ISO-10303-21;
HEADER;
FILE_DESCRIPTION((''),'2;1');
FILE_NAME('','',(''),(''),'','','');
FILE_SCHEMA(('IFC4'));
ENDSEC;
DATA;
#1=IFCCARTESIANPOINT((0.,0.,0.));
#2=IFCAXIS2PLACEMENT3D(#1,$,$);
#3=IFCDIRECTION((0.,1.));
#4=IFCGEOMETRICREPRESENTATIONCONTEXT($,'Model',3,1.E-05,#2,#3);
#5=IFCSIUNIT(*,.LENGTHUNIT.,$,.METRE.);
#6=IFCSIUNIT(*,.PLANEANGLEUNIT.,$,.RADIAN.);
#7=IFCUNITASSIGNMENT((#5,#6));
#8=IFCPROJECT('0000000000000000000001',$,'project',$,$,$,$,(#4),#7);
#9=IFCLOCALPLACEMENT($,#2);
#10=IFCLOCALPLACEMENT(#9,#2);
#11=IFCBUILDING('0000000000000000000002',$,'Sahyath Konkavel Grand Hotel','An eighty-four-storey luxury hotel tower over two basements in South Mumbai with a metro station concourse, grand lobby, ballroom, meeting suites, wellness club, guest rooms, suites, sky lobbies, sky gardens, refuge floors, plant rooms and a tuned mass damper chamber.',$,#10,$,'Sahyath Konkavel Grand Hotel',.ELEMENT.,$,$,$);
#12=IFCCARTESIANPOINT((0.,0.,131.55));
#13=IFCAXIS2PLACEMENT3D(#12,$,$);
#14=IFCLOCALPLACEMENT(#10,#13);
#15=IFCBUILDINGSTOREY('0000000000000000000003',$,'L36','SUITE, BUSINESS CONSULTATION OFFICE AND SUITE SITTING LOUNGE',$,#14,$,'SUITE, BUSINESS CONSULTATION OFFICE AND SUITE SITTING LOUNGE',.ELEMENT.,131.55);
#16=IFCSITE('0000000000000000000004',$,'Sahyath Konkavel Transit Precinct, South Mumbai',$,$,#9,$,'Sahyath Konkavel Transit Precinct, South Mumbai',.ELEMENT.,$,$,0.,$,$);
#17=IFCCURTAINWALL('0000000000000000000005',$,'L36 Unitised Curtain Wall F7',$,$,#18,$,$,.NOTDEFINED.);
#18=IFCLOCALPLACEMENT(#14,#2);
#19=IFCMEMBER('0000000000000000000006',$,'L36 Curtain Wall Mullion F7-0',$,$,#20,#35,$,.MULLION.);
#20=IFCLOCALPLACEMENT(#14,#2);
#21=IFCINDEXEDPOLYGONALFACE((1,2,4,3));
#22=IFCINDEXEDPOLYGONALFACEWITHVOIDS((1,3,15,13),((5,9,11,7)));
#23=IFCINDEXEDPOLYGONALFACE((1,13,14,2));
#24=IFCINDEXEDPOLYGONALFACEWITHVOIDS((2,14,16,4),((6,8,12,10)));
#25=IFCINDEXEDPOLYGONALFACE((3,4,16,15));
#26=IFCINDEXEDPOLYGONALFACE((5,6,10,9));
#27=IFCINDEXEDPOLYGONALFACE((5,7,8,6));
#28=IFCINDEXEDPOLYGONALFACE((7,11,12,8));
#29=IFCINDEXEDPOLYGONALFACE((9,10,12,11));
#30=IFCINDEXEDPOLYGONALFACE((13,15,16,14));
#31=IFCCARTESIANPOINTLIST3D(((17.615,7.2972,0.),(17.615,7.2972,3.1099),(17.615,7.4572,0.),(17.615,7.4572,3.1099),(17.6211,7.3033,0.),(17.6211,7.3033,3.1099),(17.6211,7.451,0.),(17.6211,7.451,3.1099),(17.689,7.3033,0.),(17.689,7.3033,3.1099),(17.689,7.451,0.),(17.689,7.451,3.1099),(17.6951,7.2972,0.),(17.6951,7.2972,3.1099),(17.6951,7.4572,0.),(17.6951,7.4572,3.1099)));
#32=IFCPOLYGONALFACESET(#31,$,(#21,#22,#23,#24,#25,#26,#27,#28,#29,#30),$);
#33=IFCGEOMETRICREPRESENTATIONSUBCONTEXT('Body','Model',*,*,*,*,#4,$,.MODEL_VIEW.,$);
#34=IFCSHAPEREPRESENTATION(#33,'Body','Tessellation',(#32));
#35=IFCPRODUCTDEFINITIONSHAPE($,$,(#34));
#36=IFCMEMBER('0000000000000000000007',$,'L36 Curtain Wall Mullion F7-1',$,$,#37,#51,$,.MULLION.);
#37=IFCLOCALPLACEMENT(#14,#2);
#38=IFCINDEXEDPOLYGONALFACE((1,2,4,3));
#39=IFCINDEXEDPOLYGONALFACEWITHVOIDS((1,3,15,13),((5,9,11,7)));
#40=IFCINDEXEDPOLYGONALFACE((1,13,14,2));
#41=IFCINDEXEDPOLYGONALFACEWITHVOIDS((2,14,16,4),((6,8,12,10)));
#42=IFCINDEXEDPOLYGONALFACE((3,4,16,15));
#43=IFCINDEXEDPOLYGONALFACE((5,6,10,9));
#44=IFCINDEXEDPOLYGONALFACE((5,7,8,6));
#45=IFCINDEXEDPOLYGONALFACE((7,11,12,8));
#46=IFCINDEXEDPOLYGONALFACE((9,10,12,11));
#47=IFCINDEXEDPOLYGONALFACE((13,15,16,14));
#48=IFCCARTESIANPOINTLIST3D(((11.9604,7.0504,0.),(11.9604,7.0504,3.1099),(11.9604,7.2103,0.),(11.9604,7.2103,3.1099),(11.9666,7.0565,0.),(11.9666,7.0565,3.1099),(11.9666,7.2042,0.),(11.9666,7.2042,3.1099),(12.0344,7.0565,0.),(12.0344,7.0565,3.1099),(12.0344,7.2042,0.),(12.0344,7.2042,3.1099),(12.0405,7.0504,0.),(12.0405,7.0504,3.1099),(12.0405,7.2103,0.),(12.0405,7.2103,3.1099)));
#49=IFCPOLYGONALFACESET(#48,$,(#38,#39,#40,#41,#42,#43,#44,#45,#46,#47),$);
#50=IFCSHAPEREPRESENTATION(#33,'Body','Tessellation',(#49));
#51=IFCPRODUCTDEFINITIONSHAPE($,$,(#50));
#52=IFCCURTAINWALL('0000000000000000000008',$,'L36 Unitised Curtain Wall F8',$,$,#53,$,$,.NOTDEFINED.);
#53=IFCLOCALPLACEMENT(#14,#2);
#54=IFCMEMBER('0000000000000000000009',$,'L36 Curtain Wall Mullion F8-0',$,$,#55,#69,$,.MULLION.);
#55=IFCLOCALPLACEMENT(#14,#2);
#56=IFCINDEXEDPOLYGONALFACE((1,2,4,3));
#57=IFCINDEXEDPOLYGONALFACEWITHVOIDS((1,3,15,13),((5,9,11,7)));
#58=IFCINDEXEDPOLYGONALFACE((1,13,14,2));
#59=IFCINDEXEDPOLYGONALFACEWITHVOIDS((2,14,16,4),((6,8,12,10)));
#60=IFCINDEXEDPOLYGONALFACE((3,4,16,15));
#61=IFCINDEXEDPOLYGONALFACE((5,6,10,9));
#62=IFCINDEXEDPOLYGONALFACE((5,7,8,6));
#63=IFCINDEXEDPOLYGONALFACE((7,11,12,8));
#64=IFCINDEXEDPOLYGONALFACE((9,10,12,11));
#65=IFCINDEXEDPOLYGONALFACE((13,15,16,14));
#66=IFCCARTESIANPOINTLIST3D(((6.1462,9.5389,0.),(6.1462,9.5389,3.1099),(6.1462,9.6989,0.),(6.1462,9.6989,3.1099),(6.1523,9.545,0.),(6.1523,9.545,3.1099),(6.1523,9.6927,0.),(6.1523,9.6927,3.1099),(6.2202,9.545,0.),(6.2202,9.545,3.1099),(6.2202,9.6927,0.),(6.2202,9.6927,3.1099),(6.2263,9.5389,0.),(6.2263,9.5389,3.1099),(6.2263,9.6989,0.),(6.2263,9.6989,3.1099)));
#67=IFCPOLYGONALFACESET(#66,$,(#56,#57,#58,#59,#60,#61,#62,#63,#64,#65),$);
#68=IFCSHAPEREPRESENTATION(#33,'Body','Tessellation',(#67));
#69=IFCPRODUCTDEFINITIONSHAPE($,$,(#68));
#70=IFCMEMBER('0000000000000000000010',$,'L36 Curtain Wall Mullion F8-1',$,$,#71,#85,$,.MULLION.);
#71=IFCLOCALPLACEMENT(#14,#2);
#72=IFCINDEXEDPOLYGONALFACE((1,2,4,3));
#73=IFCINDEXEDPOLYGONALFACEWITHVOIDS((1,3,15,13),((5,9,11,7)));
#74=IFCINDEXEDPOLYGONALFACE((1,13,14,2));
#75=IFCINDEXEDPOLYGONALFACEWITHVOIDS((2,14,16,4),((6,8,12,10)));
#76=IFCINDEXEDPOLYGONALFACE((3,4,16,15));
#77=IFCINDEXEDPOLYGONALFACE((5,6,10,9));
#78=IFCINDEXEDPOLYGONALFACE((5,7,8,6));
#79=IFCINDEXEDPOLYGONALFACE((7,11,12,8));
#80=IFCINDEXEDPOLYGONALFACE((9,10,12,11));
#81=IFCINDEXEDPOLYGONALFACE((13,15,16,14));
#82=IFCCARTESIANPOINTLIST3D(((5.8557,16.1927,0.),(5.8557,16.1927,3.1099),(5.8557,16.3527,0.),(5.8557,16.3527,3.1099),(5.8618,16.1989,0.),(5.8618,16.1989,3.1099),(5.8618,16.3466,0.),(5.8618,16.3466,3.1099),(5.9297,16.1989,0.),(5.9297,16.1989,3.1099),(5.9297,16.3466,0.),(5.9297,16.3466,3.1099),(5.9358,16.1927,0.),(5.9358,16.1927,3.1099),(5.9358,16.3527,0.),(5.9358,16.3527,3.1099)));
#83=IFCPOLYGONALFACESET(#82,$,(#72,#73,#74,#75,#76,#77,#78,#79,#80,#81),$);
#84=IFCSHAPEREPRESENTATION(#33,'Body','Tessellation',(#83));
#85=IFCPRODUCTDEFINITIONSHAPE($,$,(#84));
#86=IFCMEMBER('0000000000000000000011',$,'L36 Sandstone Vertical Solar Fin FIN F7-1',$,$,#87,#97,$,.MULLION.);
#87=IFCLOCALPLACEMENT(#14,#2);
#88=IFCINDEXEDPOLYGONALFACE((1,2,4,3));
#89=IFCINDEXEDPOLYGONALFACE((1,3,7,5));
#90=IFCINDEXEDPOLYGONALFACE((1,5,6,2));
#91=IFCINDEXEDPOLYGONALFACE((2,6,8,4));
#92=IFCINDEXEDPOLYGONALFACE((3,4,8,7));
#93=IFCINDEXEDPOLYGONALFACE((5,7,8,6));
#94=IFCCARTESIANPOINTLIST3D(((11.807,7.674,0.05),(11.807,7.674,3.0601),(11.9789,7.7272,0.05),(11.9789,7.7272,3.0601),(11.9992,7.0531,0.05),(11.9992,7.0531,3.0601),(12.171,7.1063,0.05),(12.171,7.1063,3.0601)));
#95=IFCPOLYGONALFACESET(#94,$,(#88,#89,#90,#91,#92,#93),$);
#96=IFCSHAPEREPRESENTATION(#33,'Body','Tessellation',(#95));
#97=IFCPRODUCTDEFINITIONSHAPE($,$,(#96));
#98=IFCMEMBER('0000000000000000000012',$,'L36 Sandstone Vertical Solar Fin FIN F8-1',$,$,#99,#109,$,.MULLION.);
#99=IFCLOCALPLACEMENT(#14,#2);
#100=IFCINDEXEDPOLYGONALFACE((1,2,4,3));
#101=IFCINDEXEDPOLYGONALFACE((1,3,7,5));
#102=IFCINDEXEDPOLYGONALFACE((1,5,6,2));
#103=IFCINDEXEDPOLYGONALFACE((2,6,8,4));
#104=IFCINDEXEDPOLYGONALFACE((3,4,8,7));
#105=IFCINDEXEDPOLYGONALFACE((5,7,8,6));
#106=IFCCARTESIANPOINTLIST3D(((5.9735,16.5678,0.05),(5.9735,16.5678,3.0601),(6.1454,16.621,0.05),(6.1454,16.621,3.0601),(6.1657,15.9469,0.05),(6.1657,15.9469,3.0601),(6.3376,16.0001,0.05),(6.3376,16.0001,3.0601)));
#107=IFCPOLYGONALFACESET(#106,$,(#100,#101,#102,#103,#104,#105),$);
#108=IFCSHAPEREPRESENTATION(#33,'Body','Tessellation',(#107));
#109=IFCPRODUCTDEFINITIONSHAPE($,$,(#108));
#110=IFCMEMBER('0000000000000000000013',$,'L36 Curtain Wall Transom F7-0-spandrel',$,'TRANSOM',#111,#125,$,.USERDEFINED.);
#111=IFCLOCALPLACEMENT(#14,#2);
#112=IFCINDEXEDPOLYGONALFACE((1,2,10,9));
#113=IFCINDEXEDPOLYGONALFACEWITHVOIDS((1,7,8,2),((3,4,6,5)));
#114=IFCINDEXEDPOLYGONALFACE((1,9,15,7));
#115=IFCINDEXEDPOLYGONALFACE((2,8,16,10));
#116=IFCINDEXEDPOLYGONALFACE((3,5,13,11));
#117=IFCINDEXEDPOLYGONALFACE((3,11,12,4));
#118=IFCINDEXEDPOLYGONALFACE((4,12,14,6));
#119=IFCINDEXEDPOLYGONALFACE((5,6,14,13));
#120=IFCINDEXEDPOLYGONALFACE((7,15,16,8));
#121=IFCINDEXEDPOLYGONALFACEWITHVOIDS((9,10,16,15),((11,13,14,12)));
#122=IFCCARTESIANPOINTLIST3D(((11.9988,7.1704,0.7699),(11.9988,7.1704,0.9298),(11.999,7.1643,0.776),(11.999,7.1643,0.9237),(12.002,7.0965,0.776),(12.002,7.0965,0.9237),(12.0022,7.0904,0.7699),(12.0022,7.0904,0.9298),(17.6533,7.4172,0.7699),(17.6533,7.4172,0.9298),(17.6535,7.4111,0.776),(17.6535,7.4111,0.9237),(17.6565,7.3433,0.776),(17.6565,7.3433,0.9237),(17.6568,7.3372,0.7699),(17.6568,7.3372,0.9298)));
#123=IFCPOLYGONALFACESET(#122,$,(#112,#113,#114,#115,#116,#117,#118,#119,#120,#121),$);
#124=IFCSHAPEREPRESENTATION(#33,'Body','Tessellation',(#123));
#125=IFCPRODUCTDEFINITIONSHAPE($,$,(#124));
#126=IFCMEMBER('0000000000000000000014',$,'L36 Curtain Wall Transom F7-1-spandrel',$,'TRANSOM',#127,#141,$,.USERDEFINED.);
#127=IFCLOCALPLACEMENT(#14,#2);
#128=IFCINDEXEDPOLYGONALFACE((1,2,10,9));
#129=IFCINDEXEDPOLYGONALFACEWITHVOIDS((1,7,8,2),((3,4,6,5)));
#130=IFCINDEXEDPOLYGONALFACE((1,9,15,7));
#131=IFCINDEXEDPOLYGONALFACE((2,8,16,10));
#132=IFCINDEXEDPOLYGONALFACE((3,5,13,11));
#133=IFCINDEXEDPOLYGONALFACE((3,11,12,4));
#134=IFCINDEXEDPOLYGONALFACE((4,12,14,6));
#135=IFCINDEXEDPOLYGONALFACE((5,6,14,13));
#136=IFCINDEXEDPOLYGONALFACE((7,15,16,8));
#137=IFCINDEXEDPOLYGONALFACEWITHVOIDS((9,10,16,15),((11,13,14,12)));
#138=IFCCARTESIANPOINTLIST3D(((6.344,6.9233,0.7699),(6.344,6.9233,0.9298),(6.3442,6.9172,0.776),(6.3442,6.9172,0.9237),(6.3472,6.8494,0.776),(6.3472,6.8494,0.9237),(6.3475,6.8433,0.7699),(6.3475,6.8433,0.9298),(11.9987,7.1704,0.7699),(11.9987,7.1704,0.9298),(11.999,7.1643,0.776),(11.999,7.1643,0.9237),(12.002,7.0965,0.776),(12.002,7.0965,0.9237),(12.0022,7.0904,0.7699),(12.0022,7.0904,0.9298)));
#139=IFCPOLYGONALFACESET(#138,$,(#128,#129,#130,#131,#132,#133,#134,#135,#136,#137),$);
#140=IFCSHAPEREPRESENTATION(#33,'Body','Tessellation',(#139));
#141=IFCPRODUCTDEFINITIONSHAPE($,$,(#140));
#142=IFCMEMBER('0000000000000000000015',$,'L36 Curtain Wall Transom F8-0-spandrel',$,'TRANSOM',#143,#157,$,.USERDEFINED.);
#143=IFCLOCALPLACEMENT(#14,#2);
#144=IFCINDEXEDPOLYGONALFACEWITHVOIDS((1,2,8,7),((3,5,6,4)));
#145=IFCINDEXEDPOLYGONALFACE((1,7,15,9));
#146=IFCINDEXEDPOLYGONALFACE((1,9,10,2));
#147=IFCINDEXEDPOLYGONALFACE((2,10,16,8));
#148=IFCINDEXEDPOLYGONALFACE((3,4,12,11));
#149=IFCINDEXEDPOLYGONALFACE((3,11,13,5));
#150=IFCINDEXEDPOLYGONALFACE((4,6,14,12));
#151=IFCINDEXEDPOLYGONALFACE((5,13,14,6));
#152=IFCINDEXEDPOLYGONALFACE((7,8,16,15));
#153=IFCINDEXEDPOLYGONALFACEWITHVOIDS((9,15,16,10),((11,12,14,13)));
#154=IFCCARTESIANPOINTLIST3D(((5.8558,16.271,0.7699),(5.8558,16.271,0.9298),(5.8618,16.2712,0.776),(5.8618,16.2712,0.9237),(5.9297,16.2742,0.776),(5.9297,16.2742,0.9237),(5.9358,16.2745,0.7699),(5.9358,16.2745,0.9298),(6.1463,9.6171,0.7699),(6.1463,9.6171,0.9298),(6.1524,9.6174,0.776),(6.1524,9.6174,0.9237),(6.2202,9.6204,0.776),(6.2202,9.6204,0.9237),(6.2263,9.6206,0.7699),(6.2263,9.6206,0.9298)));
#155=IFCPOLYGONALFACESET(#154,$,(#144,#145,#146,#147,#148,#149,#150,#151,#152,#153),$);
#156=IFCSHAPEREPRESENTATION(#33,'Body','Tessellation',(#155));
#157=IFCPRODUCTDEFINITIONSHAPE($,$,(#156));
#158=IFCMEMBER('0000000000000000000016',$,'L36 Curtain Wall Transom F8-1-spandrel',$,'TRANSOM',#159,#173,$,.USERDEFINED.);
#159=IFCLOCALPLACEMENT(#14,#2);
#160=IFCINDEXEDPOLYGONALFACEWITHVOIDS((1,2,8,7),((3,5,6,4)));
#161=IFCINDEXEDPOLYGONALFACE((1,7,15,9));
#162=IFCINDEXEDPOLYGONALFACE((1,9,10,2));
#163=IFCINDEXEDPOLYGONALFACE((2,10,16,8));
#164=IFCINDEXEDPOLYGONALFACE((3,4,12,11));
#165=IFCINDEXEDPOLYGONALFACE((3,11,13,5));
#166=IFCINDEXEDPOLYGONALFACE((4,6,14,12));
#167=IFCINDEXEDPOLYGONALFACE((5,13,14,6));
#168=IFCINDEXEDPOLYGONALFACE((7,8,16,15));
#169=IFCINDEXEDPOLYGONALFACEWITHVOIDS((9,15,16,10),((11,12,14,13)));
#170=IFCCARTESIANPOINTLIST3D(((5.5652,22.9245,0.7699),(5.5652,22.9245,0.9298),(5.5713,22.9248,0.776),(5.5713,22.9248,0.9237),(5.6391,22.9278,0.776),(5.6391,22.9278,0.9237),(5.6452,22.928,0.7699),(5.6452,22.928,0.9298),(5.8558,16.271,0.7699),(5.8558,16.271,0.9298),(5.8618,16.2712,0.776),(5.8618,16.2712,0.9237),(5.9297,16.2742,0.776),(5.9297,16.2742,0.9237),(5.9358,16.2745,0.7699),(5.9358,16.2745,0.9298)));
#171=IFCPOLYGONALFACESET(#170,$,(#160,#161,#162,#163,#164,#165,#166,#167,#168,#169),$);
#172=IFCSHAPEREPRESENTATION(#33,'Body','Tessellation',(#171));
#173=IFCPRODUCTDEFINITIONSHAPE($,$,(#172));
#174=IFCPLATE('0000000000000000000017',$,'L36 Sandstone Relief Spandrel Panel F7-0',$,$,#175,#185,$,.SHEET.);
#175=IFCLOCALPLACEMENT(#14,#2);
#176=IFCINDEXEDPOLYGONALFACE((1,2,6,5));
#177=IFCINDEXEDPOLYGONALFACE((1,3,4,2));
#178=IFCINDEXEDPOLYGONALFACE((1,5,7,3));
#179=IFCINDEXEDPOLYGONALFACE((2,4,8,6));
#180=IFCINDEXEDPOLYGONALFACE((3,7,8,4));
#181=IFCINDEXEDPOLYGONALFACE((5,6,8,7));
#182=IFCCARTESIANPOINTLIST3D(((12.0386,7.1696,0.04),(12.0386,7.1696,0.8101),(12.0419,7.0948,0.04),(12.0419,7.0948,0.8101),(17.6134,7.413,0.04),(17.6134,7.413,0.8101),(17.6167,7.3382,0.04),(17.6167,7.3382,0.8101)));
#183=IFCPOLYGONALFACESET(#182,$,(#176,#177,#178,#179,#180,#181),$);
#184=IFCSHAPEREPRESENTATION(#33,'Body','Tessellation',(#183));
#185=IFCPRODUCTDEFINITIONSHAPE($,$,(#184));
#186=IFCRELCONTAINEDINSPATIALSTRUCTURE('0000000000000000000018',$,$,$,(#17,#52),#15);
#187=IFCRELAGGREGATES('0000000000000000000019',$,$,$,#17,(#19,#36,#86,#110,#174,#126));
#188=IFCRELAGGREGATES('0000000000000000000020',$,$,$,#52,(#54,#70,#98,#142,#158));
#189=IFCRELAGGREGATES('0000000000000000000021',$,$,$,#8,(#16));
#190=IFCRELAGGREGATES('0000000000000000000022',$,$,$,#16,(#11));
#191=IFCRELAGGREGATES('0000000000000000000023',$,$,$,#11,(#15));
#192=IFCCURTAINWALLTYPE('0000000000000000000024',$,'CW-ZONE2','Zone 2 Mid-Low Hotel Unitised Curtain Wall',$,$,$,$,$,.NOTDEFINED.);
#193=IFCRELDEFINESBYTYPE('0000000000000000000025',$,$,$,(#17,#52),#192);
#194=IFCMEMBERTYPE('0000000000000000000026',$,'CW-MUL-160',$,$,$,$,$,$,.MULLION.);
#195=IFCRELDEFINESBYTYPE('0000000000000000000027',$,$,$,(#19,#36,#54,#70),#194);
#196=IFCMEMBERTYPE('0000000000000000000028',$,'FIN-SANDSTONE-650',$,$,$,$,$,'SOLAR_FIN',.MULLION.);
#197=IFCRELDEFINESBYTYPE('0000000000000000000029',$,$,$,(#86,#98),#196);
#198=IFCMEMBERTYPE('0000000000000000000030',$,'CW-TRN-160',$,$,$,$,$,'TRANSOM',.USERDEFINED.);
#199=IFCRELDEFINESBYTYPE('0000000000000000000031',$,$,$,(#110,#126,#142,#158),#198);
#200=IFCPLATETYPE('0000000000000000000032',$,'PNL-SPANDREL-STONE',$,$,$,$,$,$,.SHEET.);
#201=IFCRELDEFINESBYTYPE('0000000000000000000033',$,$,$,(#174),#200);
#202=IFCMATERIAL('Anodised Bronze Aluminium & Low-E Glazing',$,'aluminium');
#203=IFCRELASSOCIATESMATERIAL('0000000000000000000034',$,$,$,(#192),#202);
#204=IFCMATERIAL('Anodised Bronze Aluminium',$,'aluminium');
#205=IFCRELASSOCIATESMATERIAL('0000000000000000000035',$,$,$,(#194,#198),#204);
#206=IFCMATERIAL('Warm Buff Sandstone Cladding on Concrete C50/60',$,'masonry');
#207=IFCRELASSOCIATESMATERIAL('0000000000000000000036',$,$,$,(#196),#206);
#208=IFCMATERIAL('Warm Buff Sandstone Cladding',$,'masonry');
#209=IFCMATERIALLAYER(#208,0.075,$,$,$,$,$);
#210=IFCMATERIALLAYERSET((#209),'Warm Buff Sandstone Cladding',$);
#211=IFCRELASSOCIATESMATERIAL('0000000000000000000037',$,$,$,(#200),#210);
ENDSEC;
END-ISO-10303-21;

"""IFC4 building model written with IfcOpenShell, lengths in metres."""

from ifc_helpers import new_model, si_unit, direction, frame, origin, origin_2d, place, context, subcontext, project, spatial, rectangle, hollow_rectangle, extrude, source, transform, mapped, material, layer, layer_set, material_profile, profile_set, type_object, element, aggregate, save


model = new_model("IFC4")

# Units and contexts
model_context = context("Model", 3, precision=1e-05, world=origin(), true_north=direction((0.0, 1.0)))
body_context = subcontext(model_context, "Body", "Model", "MODEL_VIEW")
ifc_project = project(units=[si_unit("LENGTHUNIT", "METRE"), si_unit("PLANEANGLEUNIT", "RADIAN")], contexts=[model_context])

# Site, building, storey
site_placement = place(None, origin())
site = spatial("IfcSite", under=ifc_project, at=site_placement, Name="Sahyath Konkavel Transit Precinct, South Mumbai", LongName="Sahyath Konkavel Transit Precinct, South Mumbai", CompositionType="ELEMENT", RefElevation=0.0)
building_placement = place(site_placement, origin())
building = spatial("IfcBuilding", under=site, at=building_placement, Name="Sahyath Konkavel Grand Hotel", Description="An eighty-four-storey luxury hotel tower over two basements in South Mumbai with a metro station concourse, grand lobby, ballroom, meeting suites, wellness club, guest rooms, suites, sky lobbies, sky gardens, refuge floors, plant rooms and a tuned mass damper chamber.", LongName="Sahyath Konkavel Grand Hotel", CompositionType="ELEMENT")
storey_placement = place(building_placement, frame((0.0, 0.0, 131.55)))
storey = spatial("IfcBuildingStorey", under=building, at=storey_placement, Name="L36", Description="SUITE, BUSINESS CONSULTATION OFFICE AND SUITE SITTING LOUNGE", LongName="SUITE, BUSINESS CONSULTATION OFFICE AND SUITE SITTING LOUNGE", CompositionType="ELEMENT", Elevation=131.55)

# Curtain walls, members
ifc_material_1 = material(Name="Anodised Bronze Aluminium & Low-E Glazing", Category="aluminium")
curtain_wall_type = type_object("IfcCurtainWallType", Name="CW-ZONE2", Description="Zone 2 Mid-Low Hotel Unitised Curtain Wall", PredefinedType="NOTDEFINED", material=ifc_material_1)
curtain_wall_1_placement = place(storey_placement, origin())
curtain_wall_1 = element("IfcCurtainWall", 1, at=curtain_wall_1_placement, inside=storey, type_object=curtain_wall_type, Name="L36 Unitised Curtain Wall F7", PredefinedType="NOTDEFINED")
ifc_material_2 = material(Name="Anodised Bronze Aluminium", Category="aluminium")
ifc_material_profile_1 = material_profile(ifc_material_2, hollow_rectangle(XDim=0.0801, YDim=0.1599, WallThickness=0.0061, at=origin_2d()), Name="RHS 160x80x6")
ifc_profile_set_1 = profile_set([ifc_material_profile_1], Name="Anodised Bronze Aluminium")
member_type_1 = type_object("IfcMemberType", Name="CW-MUL-160", PredefinedType="MULLION", material=ifc_profile_set_1)
shared_shape_1 = source(origin(), body_context, "Body", "SweptSolid", [
    extrude(hollow_rectangle(XDim=0.0801, YDim=0.1599, WallThickness=0.0061, at=origin_2d()), origin(), (0.0, 0.0, 1.0), 3.1099),
])
member_1_placement = place(storey_placement, frame((17.655, 7.3772, 0.0), z_axis=(0.0, 0.0, 1.0), x_axis=(1.0, 0.0, 0.0)))
member_1 = element("IfcMember", 2, at=member_1_placement, type_object=member_type_1, Name="L36 Curtain Wall Mullion F7-0", PredefinedType="MULLION", context=body_context, shape_type="MappedRepresentation", body=[
    mapped(shared_shape_1, transform((0.0, 0.0, 0.0), scale=1.0)),
])
member_2_placement = place(storey_placement, frame((12.0005, 7.1304, 0.0), z_axis=(0.0, 0.0, 1.0), x_axis=(1.0, 0.0, 0.0)))
member_2 = element("IfcMember", 3, at=member_2_placement, type_object=member_type_1, Name="L36 Curtain Wall Mullion F7-1", PredefinedType="MULLION", context=body_context, shape_type="MappedRepresentation", body=[
    mapped(shared_shape_1, transform((0.0, 0.0, 0.0), scale=1.0)),
])
curtain_wall_2_placement = place(storey_placement, origin())
curtain_wall_2 = element("IfcCurtainWall", 4, at=curtain_wall_2_placement, inside=storey, type_object=curtain_wall_type, Name="L36 Unitised Curtain Wall F8", PredefinedType="NOTDEFINED")
member_3_placement = place(storey_placement, frame((6.1863, 9.6189, 0.0), z_axis=(0.0, 0.0, 1.0), x_axis=(1.0, 0.0, 0.0)))
member_3 = element("IfcMember", 5, at=member_3_placement, type_object=member_type_1, Name="L36 Curtain Wall Mullion F8-0", PredefinedType="MULLION", context=body_context, shape_type="MappedRepresentation", body=[
    mapped(shared_shape_1, transform((0.0, 0.0, 0.0), scale=1.0)),
])
member_4_placement = place(storey_placement, frame((5.8958, 16.2727, 0.0), z_axis=(0.0, 0.0, 1.0), x_axis=(1.0, 0.0, 0.0)))
member_4 = element("IfcMember", 6, at=member_4_placement, type_object=member_type_1, Name="L36 Curtain Wall Mullion F8-1", PredefinedType="MULLION", context=body_context, shape_type="MappedRepresentation", body=[
    mapped(shared_shape_1, transform((0.0, 0.0, 0.0), scale=1.0)),
])

# Members
ifc_material_3 = material(Name="Warm Buff Sandstone Cladding on Concrete C50/60", Category="masonry")
ifc_material_profile_2 = material_profile(ifc_material_3, rectangle(XDim=0.1799, YDim=0.6499, at=origin_2d()), Name="FIN 180x650")
ifc_profile_set_2 = profile_set([ifc_material_profile_2], Name="Warm Buff Sandstone Cladding on Concrete C50/60")
member_type_2 = type_object("IfcMemberType", Name="FIN-SANDSTONE-650", ElementType="SOLAR_FIN", PredefinedType="MULLION", material=ifc_profile_set_2)
shared_shape_2 = source(origin(), body_context, "Body", "SweptSolid", [
    extrude(rectangle(XDim=0.1799, YDim=0.6499, at=origin_2d()), origin(), (0.0, 0.0, 1.0), 3.01),
])
member_5_placement = place(storey_placement, frame((11.989, 7.3901, 0.05), z_axis=(0.0, 0.0, 1.0), x_axis=(0.955278, 0.295708, 0.0)))
member_5 = element("IfcMember", 7, at=member_5_placement, type_object=member_type_2, Name="L36 Sandstone Vertical Solar Fin FIN F7-1", PredefinedType="MULLION", context=body_context, shape_type="MappedRepresentation", body=[
    mapped(shared_shape_2, transform((0.0, 0.0, 0.0), scale=1.0)),
])
member_6_placement = place(storey_placement, frame((6.1555, 16.2839, 0.05), z_axis=(0.0, 0.0, 1.0), x_axis=(0.955278, 0.295708, 0.0)))
member_6 = element("IfcMember", 8, at=member_6_placement, type_object=member_type_2, Name="L36 Sandstone Vertical Solar Fin FIN F8-1", PredefinedType="MULLION", context=body_context, shape_type="MappedRepresentation", body=[
    mapped(shared_shape_2, transform((0.0, 0.0, 0.0), scale=1.0)),
])
ifc_material_profile_3 = material_profile(ifc_material_2, hollow_rectangle(XDim=0.0801, YDim=0.1599, WallThickness=0.0061, at=origin_2d()), Name="RHS 160x80x6")
ifc_profile_set_3 = profile_set([ifc_material_profile_3], Name="Anodised Bronze Aluminium")
member_type_3 = type_object("IfcMemberType", Name="CW-TRN-160", ElementType="TRANSOM", PredefinedType="USERDEFINED", material=ifc_profile_set_3)
shared_shape_3 = source(origin(), body_context, "Body", "SweptSolid", [
    extrude(hollow_rectangle(XDim=0.0801, YDim=0.1599, WallThickness=0.0061, at=origin_2d()), origin(), (0.0, 0.0, 1.0), 5.6599),
])
member_7_placement = place(storey_placement, frame((17.655, 7.3772, 0.8499), z_axis=(-0.999049, -0.043609, 0.0), x_axis=(0.043609, -0.999049, 0.0)))
member_7 = element("IfcMember", 9, at=member_7_placement, type_object=member_type_3, Name="L36 Curtain Wall Transom F7-0-spandrel", ObjectType="TRANSOM", PredefinedType="USERDEFINED", context=body_context, shape_type="MappedRepresentation", body=[
    mapped(shared_shape_3, transform((0.0, 0.0, 0.0), scale=1.0)),
])
shared_shape_4 = source(origin(), body_context, "Body", "SweptSolid", [
    extrude(hollow_rectangle(XDim=0.0801, YDim=0.1599, WallThickness=0.0061, at=origin_2d()), origin(), (0.0, 0.0, 1.0), 5.6602),
])
member_8_placement = place(storey_placement, frame((12.0005, 7.1304, 0.8499), z_axis=(-0.999047, -0.043651, 0.0), x_axis=(0.043651, -0.999047, 0.0)))
member_8 = element("IfcMember", 10, at=member_8_placement, type_object=member_type_3, Name="L36 Curtain Wall Transom F7-1-spandrel", ObjectType="TRANSOM", PredefinedType="USERDEFINED", context=body_context, shape_type="MappedRepresentation", body=[
    mapped(shared_shape_4, transform((0.0, 0.0, 0.0), scale=1.0)),
])
shared_shape_5 = source(origin(), body_context, "Body", "SweptSolid", [
    extrude(hollow_rectangle(XDim=0.0801, YDim=0.1599, WallThickness=0.0061, at=origin_2d()), origin(), (0.0, 0.0, 1.0), 6.6602),
])
member_9_placement = place(storey_placement, frame((6.1863, 9.6189, 0.8499), z_axis=(-0.043622, 0.999048, 0.0), x_axis=(-0.999048, -0.043622, 0.0)))
member_9 = element("IfcMember", 11, at=member_9_placement, type_object=member_type_3, Name="L36 Curtain Wall Transom F8-0-spandrel", ObjectType="TRANSOM", PredefinedType="USERDEFINED", context=body_context, shape_type="MappedRepresentation", body=[
    mapped(shared_shape_5, transform((0.0, 0.0, 0.0), scale=1.0)),
])
shared_shape_6 = source(origin(), body_context, "Body", "SweptSolid", [
    extrude(hollow_rectangle(XDim=0.0801, YDim=0.1599, WallThickness=0.0061, at=origin_2d()), origin(), (0.0, 0.0, 1.0), 6.6599),
])
member_10_placement = place(storey_placement, frame((5.8958, 16.2727, 0.8499), z_axis=(-0.043623, 0.999048, 0.0), x_axis=(-0.999048, -0.043623, 0.0)))
member_10 = element("IfcMember", 12, at=member_10_placement, type_object=member_type_3, Name="L36 Curtain Wall Transom F8-1-spandrel", ObjectType="TRANSOM", PredefinedType="USERDEFINED", context=body_context, shape_type="MappedRepresentation", body=[
    mapped(shared_shape_6, transform((0.0, 0.0, 0.0), scale=1.0)),
])

# Plate
ifc_material_4 = material(Name="Warm Buff Sandstone Cladding", Category="masonry")
ifc_layer_1 = layer(ifc_material_4, 0.075)
ifc_layer_set_1 = layer_set([ifc_layer_1], Name="Warm Buff Sandstone Cladding")
plate_type_1 = type_object("IfcPlateType", Name="PNL-SPANDREL-STONE", PredefinedType="SHEET", material=ifc_layer_set_1)
shared_shape_7 = source(origin(), body_context, "Body", "SweptSolid", [
    extrude(rectangle(XDim=5.5801, YDim=0.075, at=origin_2d()), origin(), (0.0, 0.0, 1.0), 0.77),
])
plate_1_placement = place(storey_placement, frame((14.8276, 7.2539, 0.04), z_axis=(0.0, 0.0, 1.0), x_axis=(-0.999048, -0.043619, 0.0)))
plate_1 = element("IfcPlate", 13, at=plate_1_placement, type_object=plate_type_1, Name="L36 Sandstone Relief Spandrel Panel F7-0", PredefinedType="SHEET", context=body_context, shape_type="MappedRepresentation", body=[
    mapped(shared_shape_7, transform((0.0, 0.0, 0.0), scale=1.0)),
])
aggregate(curtain_wall_1, [member_1, member_2, member_5, member_7, plate_1, member_8])
aggregate(curtain_wall_2, [member_3, member_4, member_6, member_9, member_10])

save(model, "model.ifc")
